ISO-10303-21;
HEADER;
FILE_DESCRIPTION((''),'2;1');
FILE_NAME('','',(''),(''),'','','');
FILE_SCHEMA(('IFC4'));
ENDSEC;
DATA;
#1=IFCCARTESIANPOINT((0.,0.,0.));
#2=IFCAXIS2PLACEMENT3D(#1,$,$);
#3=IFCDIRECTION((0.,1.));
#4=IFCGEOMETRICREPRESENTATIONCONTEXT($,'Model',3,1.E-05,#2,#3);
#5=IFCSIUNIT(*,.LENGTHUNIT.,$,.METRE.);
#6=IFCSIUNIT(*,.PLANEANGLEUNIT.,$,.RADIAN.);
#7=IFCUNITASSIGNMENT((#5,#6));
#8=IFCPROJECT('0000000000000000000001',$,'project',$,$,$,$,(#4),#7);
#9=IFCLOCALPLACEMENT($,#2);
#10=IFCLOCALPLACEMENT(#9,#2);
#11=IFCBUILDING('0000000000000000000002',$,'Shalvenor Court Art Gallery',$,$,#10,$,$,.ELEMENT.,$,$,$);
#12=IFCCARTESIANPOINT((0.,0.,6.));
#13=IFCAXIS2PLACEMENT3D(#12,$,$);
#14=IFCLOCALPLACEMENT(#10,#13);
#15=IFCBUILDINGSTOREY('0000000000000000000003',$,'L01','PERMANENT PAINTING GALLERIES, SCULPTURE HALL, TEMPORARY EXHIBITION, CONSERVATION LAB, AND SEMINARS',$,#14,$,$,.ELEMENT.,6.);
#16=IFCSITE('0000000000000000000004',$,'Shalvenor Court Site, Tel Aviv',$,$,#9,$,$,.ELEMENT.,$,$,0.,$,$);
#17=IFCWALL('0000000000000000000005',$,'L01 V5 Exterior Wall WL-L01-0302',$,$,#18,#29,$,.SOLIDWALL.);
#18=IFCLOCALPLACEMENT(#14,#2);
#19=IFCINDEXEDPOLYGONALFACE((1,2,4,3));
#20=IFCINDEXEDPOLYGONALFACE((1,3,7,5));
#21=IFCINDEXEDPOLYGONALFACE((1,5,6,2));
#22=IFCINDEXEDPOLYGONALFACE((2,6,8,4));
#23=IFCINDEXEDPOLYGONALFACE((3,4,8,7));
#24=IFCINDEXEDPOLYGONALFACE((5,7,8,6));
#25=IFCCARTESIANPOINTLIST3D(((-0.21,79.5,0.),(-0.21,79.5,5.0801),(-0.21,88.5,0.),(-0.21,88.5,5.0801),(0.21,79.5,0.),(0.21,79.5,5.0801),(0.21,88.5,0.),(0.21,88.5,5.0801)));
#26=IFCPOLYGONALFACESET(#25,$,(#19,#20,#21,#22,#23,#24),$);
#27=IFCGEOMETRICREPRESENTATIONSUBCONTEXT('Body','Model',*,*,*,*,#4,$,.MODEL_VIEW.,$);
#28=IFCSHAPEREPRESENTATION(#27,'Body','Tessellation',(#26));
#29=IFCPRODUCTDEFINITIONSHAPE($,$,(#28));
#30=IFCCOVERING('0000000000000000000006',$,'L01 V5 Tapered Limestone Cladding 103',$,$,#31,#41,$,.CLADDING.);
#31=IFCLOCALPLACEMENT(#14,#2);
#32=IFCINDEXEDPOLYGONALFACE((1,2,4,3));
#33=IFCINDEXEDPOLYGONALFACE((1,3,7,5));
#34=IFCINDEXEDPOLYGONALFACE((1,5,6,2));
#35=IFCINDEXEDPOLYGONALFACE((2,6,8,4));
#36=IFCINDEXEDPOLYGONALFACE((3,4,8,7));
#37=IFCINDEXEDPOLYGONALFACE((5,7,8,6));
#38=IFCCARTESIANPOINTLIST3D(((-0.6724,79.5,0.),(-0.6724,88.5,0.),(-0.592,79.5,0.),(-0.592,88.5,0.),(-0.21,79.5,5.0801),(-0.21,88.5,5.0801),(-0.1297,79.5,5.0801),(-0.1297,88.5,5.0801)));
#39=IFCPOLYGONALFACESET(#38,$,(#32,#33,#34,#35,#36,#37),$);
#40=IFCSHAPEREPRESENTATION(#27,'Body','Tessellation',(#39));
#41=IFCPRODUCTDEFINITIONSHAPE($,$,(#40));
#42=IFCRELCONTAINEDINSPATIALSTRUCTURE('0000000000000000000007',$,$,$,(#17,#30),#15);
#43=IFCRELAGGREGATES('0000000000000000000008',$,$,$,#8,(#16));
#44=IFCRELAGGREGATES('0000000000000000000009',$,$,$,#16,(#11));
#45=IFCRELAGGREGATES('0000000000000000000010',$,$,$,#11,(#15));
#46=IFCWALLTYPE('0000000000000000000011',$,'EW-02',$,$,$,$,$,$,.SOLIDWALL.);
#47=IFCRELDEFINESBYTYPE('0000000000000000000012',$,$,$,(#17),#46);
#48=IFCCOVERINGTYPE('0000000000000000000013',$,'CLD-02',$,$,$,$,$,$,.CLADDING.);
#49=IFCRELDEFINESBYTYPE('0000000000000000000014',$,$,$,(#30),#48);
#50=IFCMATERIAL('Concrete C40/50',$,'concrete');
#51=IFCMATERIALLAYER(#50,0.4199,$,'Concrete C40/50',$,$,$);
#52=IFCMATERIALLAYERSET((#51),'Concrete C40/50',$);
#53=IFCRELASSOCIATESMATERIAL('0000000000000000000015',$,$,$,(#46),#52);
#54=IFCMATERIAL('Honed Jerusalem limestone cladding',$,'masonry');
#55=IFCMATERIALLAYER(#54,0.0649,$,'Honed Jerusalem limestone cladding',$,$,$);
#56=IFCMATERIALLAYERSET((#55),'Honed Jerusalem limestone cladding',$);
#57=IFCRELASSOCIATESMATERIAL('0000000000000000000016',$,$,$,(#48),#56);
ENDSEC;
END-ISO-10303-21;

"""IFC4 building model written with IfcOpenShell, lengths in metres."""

from ifc_helpers import new_model, si_unit, direction, frame, frame_2d, origin, place, context, subcontext, project, spatial, polyline, rectangle, outline, extrude, material, layer, layer_set, type_object, element, save


model = new_model("IFC4")

# Units and contexts
model_context = context("Model", 3, precision=1e-05, world=origin(), true_north=direction((0.0, 1.0)))
body_context = subcontext(model_context, "Body", "Model", "MODEL_VIEW")
ifc_project = project(units=[si_unit("LENGTHUNIT", "METRE"), si_unit("PLANEANGLEUNIT", "RADIAN")], contexts=[model_context])

# Site, building, storey
site_placement = place(None, origin())
site = spatial("IfcSite", under=ifc_project, at=site_placement, Name="Shalvenor Court Site, Tel Aviv", CompositionType="ELEMENT", RefElevation=0.0)
building_placement = place(site_placement, origin())
building = spatial("IfcBuilding", under=site, at=building_placement, Name="Shalvenor Court Art Gallery", CompositionType="ELEMENT")
storey_placement = place(building_placement, frame((0.0, 0.0, 6.0)))
storey = spatial("IfcBuildingStorey", under=building, at=storey_placement, Name="L01", Description="PERMANENT PAINTING GALLERIES, SCULPTURE HALL, TEMPORARY EXHIBITION, CONSERVATION LAB, AND SEMINARS", CompositionType="ELEMENT", Elevation=6.0)

# Shared definitions
ifc_material_1 = material(Name="Concrete C40/50", Category="concrete")
ifc_layer_1 = layer(ifc_material_1, 0.4199, Name="Concrete C40/50")
ifc_layer_set_1 = layer_set([ifc_layer_1], Name="Concrete C40/50")
wall_type = type_object("IfcWallType", Name="EW-02", PredefinedType="SOLIDWALL", material=ifc_layer_set_1)

# Wall
wall_1_placement = place(storey_placement, frame((0.0, 79.5, 0.0), z_axis=(0.0, 0.0, 1.0), x_axis=(0.0, 1.0, 0.0)))
element("IfcWall", 1, at=wall_1_placement, inside=storey, type_object=wall_type, Name="L01 V5 Exterior Wall WL-L01-0302", PredefinedType="SOLIDWALL", context=body_context, shape_type="SweptSolid", body=[
    extrude(rectangle(XDim=9.0, YDim=0.4199, at=frame_2d((4.5, 0.0))), origin(), (0.0, 0.0, 1.0), 5.0801),
])

# Covering
ifc_material_2 = material(Name="Honed Jerusalem limestone cladding", Category="masonry")
ifc_layer_2 = layer(ifc_material_2, 0.0649, Name="Honed Jerusalem limestone cladding")
ifc_layer_set_2 = layer_set([ifc_layer_2], Name="Honed Jerusalem limestone cladding")
covering_type = type_object("IfcCoveringType", Name="CLD-02", PredefinedType="CLADDING", material=ifc_layer_set_2)
covering_placement = place(storey_placement, frame((-0.6724, 88.5, 0.0), z_axis=(0.0, 0.0, 1.0), x_axis=(0.0, -1.0, 0.0)))
element("IfcCovering", 2, at=covering_placement, inside=storey, type_object=covering_type, Name="L01 V5 Tapered Limestone Cladding 103", PredefinedType="CLADDING", context=body_context, shape_type="SweptSolid", body=[
    extrude(outline(polyline([(0.0, 0.0), (9.0, 0.0), (9.0, 5.1011), (0.0, 5.1011), (0.0, 0.0)])), frame((0.0, 0.0, 0.0), z_axis=(0.0, -0.995884, 0.090633), x_axis=(1.0, 0.0, 0.0)), (0.0, 0.090633, -0.995884), 0.0803),
])

save(model, "model.ifc")
